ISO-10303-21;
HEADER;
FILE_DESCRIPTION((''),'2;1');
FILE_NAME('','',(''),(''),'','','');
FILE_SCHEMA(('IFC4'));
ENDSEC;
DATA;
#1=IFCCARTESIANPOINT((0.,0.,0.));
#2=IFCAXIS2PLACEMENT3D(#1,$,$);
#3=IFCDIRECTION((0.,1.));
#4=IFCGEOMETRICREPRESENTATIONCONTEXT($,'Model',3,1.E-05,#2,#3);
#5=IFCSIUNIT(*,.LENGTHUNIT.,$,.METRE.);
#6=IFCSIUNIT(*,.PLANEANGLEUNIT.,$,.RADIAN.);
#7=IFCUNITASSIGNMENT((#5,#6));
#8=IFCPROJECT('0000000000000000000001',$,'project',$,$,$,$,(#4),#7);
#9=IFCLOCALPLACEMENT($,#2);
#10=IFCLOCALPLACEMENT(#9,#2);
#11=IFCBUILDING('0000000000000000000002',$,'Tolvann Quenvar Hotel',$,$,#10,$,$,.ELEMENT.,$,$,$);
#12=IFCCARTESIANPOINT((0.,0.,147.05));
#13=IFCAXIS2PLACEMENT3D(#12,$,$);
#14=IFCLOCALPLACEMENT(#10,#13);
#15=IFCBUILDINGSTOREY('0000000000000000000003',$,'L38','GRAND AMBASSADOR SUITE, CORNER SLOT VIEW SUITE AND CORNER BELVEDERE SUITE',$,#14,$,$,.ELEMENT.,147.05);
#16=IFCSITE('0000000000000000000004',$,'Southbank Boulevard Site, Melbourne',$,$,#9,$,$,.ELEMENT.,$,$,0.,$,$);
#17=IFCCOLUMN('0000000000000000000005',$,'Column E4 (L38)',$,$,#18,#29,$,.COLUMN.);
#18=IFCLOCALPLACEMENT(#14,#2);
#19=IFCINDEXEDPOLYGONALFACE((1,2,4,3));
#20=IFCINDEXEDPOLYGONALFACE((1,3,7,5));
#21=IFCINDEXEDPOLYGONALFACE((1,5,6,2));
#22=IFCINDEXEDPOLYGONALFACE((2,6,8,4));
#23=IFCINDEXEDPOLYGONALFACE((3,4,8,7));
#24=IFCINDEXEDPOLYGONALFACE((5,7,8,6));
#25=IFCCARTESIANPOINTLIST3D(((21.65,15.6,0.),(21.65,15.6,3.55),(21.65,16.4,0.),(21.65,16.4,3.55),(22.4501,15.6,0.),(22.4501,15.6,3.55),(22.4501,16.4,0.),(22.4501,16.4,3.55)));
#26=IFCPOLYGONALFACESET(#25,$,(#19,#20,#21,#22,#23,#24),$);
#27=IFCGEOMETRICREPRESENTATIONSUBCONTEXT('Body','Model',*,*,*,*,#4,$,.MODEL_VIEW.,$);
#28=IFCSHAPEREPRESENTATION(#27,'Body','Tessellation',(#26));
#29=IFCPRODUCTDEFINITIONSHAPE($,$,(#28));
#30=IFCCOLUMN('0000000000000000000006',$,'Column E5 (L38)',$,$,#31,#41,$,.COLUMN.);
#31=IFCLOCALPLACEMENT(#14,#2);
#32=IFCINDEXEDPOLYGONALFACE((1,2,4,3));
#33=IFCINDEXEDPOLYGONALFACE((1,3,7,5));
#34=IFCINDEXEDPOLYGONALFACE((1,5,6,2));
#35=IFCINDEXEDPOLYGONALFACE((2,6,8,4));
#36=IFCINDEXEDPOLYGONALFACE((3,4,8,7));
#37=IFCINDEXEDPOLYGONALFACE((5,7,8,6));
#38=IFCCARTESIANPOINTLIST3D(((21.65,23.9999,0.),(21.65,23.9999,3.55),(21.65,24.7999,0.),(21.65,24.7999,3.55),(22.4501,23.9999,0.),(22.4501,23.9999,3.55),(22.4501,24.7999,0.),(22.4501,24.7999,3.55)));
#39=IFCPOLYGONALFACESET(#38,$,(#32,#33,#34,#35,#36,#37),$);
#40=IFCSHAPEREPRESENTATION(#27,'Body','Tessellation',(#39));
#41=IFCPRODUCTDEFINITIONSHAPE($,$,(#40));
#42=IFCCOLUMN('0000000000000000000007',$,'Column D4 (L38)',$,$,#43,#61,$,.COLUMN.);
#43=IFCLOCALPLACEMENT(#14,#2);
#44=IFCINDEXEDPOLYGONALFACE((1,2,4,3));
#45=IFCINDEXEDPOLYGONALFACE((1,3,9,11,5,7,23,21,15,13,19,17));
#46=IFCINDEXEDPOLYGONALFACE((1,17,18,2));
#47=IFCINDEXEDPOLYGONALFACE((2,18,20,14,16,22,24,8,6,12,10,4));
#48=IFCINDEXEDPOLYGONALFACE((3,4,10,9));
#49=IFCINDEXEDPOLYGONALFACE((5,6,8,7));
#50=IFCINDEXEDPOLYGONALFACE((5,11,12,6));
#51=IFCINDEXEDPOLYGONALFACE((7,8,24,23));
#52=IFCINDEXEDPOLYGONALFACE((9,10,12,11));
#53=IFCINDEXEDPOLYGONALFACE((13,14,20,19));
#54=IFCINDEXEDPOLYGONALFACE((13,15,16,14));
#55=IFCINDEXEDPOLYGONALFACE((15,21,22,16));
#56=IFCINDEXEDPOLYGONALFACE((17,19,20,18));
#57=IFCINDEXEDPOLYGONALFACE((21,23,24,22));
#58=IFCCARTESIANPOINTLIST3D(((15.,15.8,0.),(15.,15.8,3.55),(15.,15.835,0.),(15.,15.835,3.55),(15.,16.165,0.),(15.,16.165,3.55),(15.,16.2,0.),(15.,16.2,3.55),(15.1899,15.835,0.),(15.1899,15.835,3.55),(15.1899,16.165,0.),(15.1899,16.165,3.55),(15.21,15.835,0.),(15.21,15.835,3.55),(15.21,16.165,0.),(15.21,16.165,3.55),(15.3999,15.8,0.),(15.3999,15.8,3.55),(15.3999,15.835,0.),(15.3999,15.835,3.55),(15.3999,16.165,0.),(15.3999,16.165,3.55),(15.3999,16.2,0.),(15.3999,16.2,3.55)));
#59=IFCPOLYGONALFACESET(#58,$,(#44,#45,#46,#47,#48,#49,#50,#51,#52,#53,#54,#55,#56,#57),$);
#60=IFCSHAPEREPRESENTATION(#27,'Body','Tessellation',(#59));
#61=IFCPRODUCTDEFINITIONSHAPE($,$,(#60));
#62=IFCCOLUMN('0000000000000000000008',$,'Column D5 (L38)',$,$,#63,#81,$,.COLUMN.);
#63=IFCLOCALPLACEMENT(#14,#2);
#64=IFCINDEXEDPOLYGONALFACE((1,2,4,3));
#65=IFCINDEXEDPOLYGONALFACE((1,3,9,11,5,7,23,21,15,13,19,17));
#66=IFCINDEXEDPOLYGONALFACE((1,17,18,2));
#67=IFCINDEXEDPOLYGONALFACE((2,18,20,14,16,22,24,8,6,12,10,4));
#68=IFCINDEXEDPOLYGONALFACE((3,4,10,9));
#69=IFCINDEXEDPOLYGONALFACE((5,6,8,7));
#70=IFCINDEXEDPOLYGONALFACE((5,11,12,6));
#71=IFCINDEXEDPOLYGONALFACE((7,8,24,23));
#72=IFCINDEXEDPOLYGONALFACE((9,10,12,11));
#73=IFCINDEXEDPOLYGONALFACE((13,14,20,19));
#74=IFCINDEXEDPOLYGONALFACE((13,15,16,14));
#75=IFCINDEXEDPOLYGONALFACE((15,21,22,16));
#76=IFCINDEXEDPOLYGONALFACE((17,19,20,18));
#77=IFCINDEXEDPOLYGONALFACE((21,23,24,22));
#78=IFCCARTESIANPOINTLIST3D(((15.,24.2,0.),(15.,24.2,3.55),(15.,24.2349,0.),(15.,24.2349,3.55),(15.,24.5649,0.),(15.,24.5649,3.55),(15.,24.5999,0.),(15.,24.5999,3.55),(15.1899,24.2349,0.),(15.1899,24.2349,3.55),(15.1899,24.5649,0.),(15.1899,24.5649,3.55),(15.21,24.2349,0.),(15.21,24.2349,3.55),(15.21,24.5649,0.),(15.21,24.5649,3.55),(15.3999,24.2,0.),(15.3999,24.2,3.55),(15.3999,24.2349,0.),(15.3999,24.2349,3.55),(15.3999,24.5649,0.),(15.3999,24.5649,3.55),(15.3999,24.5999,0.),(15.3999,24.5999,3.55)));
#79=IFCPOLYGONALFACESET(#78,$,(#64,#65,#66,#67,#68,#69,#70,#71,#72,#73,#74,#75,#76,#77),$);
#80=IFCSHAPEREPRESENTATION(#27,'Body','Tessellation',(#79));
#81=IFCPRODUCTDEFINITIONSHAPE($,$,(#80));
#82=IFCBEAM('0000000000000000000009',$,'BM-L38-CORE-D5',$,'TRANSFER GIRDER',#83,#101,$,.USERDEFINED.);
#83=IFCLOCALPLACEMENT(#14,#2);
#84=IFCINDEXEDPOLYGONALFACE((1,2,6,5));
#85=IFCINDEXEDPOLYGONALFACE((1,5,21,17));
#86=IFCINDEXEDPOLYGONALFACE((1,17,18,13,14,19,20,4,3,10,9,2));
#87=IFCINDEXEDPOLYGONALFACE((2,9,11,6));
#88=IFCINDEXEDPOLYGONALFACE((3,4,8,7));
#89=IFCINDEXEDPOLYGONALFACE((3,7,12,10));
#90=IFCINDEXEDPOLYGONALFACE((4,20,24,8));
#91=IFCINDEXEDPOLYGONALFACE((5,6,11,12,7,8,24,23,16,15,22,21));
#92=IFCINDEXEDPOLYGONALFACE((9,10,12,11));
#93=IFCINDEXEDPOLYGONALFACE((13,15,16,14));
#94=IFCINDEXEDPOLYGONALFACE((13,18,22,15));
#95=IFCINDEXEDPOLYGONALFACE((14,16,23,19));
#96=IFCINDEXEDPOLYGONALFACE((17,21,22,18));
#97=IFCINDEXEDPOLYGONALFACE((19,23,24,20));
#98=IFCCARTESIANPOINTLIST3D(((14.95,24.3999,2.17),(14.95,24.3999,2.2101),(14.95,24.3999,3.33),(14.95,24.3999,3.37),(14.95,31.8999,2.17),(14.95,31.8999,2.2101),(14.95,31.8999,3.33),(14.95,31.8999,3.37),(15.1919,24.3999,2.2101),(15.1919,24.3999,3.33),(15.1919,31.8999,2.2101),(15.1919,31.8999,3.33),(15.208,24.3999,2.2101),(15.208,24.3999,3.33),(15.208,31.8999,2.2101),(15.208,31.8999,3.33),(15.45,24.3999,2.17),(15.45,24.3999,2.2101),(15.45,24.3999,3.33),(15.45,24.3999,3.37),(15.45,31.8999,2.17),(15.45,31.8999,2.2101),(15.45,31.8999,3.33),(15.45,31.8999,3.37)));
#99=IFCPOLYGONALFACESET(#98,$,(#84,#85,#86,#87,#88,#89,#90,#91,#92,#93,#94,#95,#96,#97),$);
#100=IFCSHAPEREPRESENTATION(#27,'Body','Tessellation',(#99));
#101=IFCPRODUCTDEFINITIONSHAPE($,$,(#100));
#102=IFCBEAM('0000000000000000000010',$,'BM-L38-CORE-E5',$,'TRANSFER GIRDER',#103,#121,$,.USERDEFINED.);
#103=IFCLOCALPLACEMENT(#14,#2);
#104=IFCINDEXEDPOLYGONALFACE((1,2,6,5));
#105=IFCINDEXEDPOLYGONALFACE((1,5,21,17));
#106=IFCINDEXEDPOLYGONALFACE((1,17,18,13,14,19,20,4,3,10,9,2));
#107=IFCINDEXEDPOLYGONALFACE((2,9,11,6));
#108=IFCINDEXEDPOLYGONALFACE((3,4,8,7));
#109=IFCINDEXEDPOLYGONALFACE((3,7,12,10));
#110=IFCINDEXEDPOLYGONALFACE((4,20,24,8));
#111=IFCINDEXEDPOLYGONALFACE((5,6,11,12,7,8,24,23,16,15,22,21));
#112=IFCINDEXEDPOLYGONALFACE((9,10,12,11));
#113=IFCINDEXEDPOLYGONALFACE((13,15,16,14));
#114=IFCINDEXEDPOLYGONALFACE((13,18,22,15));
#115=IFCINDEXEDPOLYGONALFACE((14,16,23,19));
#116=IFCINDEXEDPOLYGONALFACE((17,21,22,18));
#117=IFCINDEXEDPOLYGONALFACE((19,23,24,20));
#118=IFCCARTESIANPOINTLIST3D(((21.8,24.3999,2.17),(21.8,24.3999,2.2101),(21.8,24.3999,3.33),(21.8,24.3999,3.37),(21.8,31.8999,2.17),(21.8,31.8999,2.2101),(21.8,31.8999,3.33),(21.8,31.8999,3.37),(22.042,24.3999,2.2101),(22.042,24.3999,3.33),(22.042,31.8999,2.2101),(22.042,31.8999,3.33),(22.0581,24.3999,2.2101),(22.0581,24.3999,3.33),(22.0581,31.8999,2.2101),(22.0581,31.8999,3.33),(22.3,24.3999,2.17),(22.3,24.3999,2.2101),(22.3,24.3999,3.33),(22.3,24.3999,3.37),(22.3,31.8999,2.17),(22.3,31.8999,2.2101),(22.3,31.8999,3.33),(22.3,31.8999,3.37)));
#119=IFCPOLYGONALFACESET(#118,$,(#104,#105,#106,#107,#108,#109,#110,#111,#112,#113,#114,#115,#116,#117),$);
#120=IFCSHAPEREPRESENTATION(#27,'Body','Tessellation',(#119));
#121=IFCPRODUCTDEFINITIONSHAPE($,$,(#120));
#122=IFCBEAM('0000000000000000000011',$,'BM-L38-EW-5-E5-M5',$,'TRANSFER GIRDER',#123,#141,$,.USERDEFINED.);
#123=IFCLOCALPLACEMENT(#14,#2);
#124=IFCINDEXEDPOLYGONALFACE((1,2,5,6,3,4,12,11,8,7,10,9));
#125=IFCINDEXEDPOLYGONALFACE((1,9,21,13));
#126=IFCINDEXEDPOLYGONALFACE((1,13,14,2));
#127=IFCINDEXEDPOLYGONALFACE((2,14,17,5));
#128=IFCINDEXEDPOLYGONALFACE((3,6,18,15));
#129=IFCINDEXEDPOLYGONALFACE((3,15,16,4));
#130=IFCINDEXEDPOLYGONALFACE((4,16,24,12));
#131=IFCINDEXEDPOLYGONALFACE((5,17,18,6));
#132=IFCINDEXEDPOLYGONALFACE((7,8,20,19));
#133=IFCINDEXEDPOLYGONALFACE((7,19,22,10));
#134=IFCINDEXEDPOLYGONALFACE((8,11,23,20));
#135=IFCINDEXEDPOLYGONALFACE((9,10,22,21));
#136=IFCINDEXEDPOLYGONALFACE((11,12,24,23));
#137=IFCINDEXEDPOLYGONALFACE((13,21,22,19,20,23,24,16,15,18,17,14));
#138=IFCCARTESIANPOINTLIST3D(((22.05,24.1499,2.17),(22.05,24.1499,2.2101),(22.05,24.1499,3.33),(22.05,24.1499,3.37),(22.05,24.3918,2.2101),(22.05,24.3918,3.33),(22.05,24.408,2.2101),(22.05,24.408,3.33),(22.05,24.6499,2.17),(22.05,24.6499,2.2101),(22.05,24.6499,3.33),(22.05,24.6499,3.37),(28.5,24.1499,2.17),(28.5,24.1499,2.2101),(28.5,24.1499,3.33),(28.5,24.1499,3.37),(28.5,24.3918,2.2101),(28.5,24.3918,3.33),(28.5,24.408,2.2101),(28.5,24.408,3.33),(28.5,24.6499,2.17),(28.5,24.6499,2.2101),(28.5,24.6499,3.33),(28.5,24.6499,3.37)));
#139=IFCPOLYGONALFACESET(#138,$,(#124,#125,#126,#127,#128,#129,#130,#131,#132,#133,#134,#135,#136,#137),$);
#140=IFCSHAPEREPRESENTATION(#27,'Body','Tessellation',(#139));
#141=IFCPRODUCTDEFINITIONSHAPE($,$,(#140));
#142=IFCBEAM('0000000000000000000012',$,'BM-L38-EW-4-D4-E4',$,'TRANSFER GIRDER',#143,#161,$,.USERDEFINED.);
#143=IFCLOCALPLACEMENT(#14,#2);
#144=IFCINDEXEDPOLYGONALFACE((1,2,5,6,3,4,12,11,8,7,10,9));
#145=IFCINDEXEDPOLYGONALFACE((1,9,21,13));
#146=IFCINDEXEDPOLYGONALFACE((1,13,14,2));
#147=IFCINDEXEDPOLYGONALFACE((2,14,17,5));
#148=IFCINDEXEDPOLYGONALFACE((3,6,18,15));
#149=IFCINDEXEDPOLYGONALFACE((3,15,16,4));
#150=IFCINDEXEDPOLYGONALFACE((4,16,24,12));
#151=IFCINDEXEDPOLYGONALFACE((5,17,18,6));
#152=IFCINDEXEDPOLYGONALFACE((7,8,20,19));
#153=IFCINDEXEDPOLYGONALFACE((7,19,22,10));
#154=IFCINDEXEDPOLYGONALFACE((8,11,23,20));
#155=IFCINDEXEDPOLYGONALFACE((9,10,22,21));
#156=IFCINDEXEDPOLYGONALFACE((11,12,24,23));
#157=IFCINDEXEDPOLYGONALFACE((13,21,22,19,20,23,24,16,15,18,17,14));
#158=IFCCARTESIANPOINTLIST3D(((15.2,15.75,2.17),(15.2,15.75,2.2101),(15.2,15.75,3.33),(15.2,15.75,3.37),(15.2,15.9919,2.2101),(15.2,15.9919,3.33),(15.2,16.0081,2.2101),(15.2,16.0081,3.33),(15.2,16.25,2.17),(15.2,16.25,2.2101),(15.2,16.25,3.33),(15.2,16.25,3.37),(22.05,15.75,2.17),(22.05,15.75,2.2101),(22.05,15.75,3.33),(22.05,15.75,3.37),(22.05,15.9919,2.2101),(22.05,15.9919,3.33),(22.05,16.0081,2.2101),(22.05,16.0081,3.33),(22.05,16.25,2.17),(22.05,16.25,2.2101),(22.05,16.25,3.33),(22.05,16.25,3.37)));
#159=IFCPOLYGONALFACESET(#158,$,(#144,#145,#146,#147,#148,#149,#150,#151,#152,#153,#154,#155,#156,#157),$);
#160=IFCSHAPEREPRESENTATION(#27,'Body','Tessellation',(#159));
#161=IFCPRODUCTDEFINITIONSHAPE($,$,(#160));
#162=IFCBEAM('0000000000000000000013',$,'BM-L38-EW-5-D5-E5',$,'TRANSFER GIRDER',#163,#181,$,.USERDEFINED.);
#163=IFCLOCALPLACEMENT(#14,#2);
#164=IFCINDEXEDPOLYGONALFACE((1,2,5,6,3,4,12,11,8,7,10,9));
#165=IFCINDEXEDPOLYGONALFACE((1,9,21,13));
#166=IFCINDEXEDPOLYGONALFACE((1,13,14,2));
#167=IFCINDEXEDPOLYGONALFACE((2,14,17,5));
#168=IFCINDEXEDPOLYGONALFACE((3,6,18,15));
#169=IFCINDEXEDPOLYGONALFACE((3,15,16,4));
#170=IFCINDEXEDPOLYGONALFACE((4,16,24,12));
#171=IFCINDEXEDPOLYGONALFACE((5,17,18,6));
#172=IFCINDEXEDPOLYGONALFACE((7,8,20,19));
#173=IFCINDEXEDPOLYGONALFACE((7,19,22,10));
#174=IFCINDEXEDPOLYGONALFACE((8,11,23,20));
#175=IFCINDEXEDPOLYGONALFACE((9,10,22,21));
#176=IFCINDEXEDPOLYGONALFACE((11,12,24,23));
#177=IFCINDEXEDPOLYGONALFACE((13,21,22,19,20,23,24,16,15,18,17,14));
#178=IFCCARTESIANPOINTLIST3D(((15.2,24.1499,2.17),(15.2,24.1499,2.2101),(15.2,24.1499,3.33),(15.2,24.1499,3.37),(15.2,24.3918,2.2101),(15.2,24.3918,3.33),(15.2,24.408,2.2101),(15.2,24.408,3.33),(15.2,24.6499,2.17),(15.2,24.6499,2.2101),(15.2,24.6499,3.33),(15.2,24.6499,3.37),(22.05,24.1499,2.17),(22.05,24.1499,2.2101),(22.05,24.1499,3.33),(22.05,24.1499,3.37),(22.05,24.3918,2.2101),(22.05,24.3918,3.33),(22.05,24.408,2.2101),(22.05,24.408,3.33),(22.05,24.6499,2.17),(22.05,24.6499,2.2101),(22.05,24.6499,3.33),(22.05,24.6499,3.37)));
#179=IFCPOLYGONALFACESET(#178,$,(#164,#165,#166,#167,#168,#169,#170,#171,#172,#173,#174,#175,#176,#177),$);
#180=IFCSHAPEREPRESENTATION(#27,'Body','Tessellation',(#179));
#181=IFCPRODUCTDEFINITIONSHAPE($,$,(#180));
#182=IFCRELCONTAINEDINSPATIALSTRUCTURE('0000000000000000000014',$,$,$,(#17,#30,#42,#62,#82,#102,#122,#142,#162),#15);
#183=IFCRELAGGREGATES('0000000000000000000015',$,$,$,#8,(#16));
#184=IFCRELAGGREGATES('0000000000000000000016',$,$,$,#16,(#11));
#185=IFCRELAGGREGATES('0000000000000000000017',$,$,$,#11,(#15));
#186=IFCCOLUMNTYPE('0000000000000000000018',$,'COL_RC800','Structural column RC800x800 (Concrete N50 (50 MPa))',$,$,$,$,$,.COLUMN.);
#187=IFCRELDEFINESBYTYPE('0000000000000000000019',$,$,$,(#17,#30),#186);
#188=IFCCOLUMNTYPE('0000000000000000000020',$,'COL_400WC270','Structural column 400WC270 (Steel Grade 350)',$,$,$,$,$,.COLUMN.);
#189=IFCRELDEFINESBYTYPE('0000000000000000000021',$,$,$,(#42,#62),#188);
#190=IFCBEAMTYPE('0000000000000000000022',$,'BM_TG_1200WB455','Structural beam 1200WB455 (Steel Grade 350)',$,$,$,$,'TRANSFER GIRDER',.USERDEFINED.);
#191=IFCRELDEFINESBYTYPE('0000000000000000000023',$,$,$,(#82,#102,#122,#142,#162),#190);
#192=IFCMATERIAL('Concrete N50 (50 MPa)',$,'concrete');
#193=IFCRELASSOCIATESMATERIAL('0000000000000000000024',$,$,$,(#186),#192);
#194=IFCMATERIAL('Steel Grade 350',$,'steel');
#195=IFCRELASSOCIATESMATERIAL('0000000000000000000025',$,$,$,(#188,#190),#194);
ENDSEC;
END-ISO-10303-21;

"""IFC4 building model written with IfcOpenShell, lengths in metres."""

from ifc_helpers import new_model, si_unit, direction, frame, origin, origin_2d, place, context, subcontext, project, spatial, rectangle, i_section, extrude, source, transform, mapped, material, material_profile, profile_set, type_object, type_shapes, element, save


model = new_model("IFC4")

# Units and contexts
model_context = context("Model", 3, precision=1e-05, world=origin(), true_north=direction((0.0, 1.0)))
body_context = subcontext(model_context, "Body", "Model", "MODEL_VIEW")
ifc_project = project(units=[si_unit("LENGTHUNIT", "METRE"), si_unit("PLANEANGLEUNIT", "RADIAN")], contexts=[model_context])

# Site, building, storey
site_placement = place(None, origin())
site = spatial("IfcSite", under=ifc_project, at=site_placement, Name="Southbank Boulevard Site, Melbourne", CompositionType="ELEMENT", RefElevation=0.0)
building_placement = place(site_placement, origin())
building = spatial("IfcBuilding", under=site, at=building_placement, Name="Tolvann Quenvar Hotel", CompositionType="ELEMENT")
storey_placement = place(building_placement, frame((0.0, 0.0, 147.05)))
storey = spatial("IfcBuildingStorey", under=building, at=storey_placement, Name="L38", Description="GRAND AMBASSADOR SUITE, CORNER SLOT VIEW SUITE AND CORNER BELVEDERE SUITE", CompositionType="ELEMENT", Elevation=147.05)

# Columns
ifc_material_1 = material(Name="Concrete N50 (50 MPa)", Category="concrete")
ifc_material_profile_1 = material_profile(ifc_material_1, rectangle(XDim=0.8, YDim=0.8, at=origin_2d()), Name="RC800x800")
ifc_profile_set_1 = profile_set([ifc_material_profile_1], Name="Concrete N50 (50 MPa)")
column_type_1 = type_object("IfcColumnType", Name="COL_RC800", Description="Structural column RC800x800 (Concrete N50 (50 MPa))", PredefinedType="COLUMN", material=ifc_profile_set_1)
shared_shape_1 = source(origin(), body_context, "Body", "SweptSolid", [
    extrude(rectangle(XDim=0.8, YDim=0.8, at=origin_2d()), origin(), (0.0, 0.0, 1.0), 3.55),
])
type_shapes(column_type_1, [shared_shape_1])
for number, where, z_axis, x_axis, name in (
    (1, (22.05, 16.0, 0.0), (0.0, 0.0, 1.0), (1.0, 0.0, 0.0), "Column E4 (L38)"),
    (2, (22.05, 24.3999, 0.0), (0.0, 0.0, 1.0), (1.0, 0.0, 0.0), "Column E5 (L38)"),
):
    element("IfcColumn", number, at=place(storey_placement, frame(where, z_axis=z_axis, x_axis=x_axis)), inside=storey, type_object=column_type_1, Name=name, PredefinedType="COLUMN", context=body_context, shape_type="MappedRepresentation", body=[
        mapped(shared_shape_1, transform((0.0, 0.0, 0.0), x_axis=(1.0, 0.0, 0.0), y_axis=(0.0, 1.0, 0.0), z_axis=(0.0, 0.0, 1.0), scale=1.0)),
    ])
ifc_material_2 = material(Name="Steel Grade 350", Category="steel")
ifc_material_profile_2 = material_profile(ifc_material_2, i_section(OverallWidth=0.3999, OverallDepth=0.3999, WebThickness=0.02, FlangeThickness=0.0349, at=origin_2d()), Name="400WC270")
ifc_profile_set_2 = profile_set([ifc_material_profile_2], Name="Steel Grade 350")
column_type_2 = type_object("IfcColumnType", Name="COL_400WC270", Description="Structural column 400WC270 (Steel Grade 350)", PredefinedType="COLUMN", material=ifc_profile_set_2)
shared_shape_2 = source(origin(), body_context, "Body", "SweptSolid", [
    extrude(i_section(OverallWidth=0.3999, OverallDepth=0.3999, WebThickness=0.02, FlangeThickness=0.0349, at=origin_2d()), origin(), (0.0, 0.0, 1.0), 3.55),
])
type_shapes(column_type_2, [shared_shape_2])
for number, where, z_axis, x_axis, name in (
    (3, (15.2, 16.0, 0.0), (0.0, 0.0, 1.0), (1.0, 0.0, 0.0), "Column D4 (L38)"),
    (4, (15.2, 24.3999, 0.0), (0.0, 0.0, 1.0), (1.0, 0.0, 0.0), "Column D5 (L38)"),
):
    element("IfcColumn", number, at=place(storey_placement, frame(where, z_axis=z_axis, x_axis=x_axis)), inside=storey, type_object=column_type_2, Name=name, PredefinedType="COLUMN", context=body_context, shape_type="MappedRepresentation", body=[
        mapped(shared_shape_2, transform((0.0, 0.0, 0.0), x_axis=(1.0, 0.0, 0.0), y_axis=(0.0, 1.0, 0.0), z_axis=(0.0, 0.0, 1.0), scale=1.0)),
    ])

# Beams
ifc_material_profile_3 = material_profile(ifc_material_2, i_section(OverallWidth=0.5, OverallDepth=1.2, WebThickness=0.0161, FlangeThickness=0.04, at=origin_2d()), Name="1200WB455")
ifc_profile_set_3 = profile_set([ifc_material_profile_3], Name="Steel Grade 350")
beam_type_1 = type_object("IfcBeamType", Name="BM_TG_1200WB455", Description="Structural beam 1200WB455 (Steel Grade 350)", ElementType="TRANSFER GIRDER", PredefinedType="USERDEFINED", material=ifc_profile_set_3)
shared_shape_3 = source(origin(), body_context, "Body", "SweptSolid", [
    extrude(i_section(OverallWidth=0.5, OverallDepth=1.2, WebThickness=0.0161, FlangeThickness=0.04, at=origin_2d()), origin(), (0.0, 0.0, 1.0), 7.5),
])
for number, where, z_axis, x_axis, name in (
    (5, (15.2, 24.3999, 2.77), (0.0, 1.0, 0.0), (-1.0, 0.0, 0.0), "BM-L38-CORE-D5"),
    (6, (22.05, 24.3999, 2.77), (0.0, 1.0, 0.0), (-1.0, 0.0, 0.0), "BM-L38-CORE-E5"),
):
    element("IfcBeam", number, at=place(storey_placement, frame(where, z_axis=z_axis, x_axis=x_axis)), inside=storey, type_object=beam_type_1, Name=name, ObjectType="TRANSFER GIRDER", PredefinedType="USERDEFINED", context=body_context, shape_type="MappedRepresentation", body=[
        mapped(shared_shape_3, transform((0.0, 0.0, 0.0), x_axis=(1.0, 0.0, 0.0), y_axis=(0.0, 1.0, 0.0), z_axis=(0.0, 0.0, 1.0), scale=1.0)),
    ])
shared_shape_4 = source(origin(), body_context, "Body", "SweptSolid", [
    extrude(i_section(OverallWidth=0.5, OverallDepth=1.2, WebThickness=0.0161, FlangeThickness=0.04, at=origin_2d()), origin(), (0.0, 0.0, 1.0), 6.45),
])
beam_1_placement = place(storey_placement, frame((22.05, 24.3999, 2.77), z_axis=(1.0, 0.0, 0.0), x_axis=(0.0, 1.0, 0.0)))
element("IfcBeam", 7, at=beam_1_placement, inside=storey, type_object=beam_type_1, Name="BM-L38-EW-5-E5-M5", ObjectType="TRANSFER GIRDER", PredefinedType="USERDEFINED", context=body_context, shape_type="MappedRepresentation", body=[
    mapped(shared_shape_4, transform((0.0, 0.0, 0.0), x_axis=(1.0, 0.0, 0.0), y_axis=(0.0, 1.0, 0.0), z_axis=(0.0, 0.0, 1.0), scale=1.0)),
])
shared_shape_5 = source(origin(), body_context, "Body", "SweptSolid", [
    extrude(i_section(OverallWidth=0.5, OverallDepth=1.2, WebThickness=0.0161, FlangeThickness=0.04, at=origin_2d()), origin(), (0.0, 0.0, 1.0), 6.8501),
])
for number, where, z_axis, x_axis, name in (
    (8, (15.2, 16.0, 2.77), (1.0, 0.0, 0.0), (0.0, 1.0, 0.0), "BM-L38-EW-4-D4-E4"),
    (9, (15.2, 24.3999, 2.77), (1.0, 0.0, 0.0), (0.0, 1.0, 0.0), "BM-L38-EW-5-D5-E5"),
):
    element("IfcBeam", number, at=place(storey_placement, frame(where, z_axis=z_axis, x_axis=x_axis)), inside=storey, type_object=beam_type_1, Name=name, ObjectType="TRANSFER GIRDER", PredefinedType="USERDEFINED", context=body_context, shape_type="MappedRepresentation", body=[
        mapped(shared_shape_5, transform((0.0, 0.0, 0.0), x_axis=(1.0, 0.0, 0.0), y_axis=(0.0, 1.0, 0.0), z_axis=(0.0, 0.0, 1.0), scale=1.0)),
    ])

save(model, "model.ifc")
